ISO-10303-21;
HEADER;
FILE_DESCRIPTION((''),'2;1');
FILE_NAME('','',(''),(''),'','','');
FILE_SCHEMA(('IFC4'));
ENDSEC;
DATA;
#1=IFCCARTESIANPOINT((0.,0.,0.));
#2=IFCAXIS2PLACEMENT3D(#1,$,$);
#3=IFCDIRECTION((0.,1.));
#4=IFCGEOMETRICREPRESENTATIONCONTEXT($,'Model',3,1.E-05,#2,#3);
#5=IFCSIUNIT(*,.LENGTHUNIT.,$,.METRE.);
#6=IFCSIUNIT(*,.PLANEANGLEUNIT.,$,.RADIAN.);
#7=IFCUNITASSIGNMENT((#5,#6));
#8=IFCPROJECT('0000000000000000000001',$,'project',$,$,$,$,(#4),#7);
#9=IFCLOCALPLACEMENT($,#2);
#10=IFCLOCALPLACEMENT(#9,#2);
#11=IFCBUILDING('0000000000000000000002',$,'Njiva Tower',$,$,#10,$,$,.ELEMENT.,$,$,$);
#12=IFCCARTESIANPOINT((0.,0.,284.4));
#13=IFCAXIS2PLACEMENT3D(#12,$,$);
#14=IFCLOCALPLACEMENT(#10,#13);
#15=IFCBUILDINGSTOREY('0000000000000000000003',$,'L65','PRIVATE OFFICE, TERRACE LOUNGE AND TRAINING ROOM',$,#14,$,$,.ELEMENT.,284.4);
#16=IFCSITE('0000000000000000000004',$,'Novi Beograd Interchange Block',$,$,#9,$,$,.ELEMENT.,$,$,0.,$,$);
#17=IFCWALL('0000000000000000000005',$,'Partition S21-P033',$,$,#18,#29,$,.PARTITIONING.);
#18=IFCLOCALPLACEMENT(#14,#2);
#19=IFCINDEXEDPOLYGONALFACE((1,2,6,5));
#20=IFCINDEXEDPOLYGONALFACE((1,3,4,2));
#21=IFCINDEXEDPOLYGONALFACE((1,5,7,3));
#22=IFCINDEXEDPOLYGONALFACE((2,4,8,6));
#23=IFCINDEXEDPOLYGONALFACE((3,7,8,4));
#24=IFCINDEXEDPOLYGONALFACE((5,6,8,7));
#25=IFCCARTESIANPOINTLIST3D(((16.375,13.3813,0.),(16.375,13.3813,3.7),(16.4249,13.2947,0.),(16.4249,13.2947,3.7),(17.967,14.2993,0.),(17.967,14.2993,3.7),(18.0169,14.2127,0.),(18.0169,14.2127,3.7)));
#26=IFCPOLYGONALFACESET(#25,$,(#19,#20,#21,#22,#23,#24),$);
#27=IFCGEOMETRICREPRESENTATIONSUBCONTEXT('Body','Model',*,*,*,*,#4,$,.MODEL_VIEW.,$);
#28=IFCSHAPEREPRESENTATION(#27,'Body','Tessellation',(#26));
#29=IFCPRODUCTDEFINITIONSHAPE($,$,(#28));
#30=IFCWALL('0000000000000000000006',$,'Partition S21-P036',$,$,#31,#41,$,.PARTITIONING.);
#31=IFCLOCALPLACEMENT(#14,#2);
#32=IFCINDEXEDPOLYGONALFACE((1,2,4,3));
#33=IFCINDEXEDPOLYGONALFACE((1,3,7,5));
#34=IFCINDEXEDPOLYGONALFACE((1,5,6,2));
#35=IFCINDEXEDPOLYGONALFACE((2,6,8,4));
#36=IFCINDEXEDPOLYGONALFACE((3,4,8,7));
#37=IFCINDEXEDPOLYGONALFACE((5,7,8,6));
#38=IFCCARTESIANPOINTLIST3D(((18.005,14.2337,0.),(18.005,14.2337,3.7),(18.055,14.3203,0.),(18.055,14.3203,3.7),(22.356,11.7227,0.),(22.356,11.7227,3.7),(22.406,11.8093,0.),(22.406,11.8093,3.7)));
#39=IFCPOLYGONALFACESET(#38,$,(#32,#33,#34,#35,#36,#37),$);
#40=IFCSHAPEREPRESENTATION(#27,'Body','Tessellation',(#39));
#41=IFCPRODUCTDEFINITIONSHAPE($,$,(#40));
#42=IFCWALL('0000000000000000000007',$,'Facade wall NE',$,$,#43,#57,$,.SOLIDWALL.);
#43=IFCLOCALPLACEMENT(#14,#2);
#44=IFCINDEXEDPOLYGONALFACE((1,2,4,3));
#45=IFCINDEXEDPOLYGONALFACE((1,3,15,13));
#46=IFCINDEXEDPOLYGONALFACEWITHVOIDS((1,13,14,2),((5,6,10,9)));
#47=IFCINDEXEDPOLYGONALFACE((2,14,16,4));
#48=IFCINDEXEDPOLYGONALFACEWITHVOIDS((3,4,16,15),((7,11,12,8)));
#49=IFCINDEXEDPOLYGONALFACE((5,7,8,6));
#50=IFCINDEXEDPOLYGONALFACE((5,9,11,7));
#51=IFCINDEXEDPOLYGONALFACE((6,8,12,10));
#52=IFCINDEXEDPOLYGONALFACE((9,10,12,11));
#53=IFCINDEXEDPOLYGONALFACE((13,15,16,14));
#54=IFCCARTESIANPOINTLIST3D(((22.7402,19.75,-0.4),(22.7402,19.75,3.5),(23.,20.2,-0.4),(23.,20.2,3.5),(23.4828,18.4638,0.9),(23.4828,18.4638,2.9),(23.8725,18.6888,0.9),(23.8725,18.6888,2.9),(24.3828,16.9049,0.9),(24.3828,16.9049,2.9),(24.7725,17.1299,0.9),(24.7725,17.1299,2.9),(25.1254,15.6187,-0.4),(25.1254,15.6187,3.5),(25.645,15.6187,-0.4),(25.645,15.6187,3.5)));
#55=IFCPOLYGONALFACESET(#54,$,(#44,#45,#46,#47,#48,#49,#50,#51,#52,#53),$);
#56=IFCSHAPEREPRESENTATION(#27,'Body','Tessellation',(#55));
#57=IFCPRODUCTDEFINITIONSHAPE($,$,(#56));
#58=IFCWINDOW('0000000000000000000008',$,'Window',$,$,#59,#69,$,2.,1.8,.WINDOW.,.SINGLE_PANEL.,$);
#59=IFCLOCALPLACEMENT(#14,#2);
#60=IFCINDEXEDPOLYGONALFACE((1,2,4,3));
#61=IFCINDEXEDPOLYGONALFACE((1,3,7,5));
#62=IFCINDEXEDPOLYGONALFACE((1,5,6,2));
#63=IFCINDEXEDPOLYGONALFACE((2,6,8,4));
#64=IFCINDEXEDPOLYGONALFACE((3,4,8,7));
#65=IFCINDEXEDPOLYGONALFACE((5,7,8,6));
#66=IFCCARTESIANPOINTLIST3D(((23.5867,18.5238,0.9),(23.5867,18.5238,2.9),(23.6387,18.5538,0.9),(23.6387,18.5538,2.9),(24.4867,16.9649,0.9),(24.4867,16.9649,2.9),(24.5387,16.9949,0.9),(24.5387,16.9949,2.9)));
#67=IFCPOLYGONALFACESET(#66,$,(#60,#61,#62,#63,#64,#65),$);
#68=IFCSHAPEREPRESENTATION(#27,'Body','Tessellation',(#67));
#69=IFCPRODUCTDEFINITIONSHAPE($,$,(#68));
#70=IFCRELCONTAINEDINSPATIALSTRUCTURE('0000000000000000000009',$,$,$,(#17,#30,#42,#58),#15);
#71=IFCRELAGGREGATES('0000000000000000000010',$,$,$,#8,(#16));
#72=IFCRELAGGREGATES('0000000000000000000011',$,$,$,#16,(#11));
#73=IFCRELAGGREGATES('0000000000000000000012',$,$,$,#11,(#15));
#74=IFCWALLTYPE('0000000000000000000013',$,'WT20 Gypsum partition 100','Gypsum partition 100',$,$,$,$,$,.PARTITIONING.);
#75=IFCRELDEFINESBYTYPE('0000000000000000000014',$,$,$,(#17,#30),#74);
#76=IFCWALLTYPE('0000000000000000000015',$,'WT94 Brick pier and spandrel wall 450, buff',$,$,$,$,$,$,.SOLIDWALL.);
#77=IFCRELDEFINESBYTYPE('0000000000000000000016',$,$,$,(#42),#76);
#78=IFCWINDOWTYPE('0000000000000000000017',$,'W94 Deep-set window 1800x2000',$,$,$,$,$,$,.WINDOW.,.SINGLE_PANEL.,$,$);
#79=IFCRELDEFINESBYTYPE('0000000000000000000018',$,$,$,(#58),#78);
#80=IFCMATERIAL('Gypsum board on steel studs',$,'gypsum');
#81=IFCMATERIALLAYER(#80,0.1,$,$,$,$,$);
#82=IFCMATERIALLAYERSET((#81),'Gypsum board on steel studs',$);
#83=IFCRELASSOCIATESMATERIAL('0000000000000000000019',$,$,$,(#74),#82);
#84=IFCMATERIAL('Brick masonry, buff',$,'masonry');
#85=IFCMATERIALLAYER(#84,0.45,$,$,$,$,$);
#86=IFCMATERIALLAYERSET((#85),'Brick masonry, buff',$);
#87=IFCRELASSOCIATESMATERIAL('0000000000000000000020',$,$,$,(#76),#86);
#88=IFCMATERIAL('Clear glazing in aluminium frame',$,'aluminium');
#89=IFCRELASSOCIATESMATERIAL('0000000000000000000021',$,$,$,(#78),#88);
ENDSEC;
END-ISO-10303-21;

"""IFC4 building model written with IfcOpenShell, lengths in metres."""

from ifc_helpers import new_model, si_unit, direction, frame, frame_2d, origin, place, context, subcontext, project, spatial, polyline, rectangle, outline, extrude, material, layer, layer_set, type_object, element, fill, save


model = new_model("IFC4")

# Units and contexts
model_context = context("Model", 3, precision=1e-05, world=origin(), true_north=direction((0.0, 1.0)))
body_context = subcontext(model_context, "Body", "Model", "MODEL_VIEW")
ifc_project = project(units=[si_unit("LENGTHUNIT", "METRE"), si_unit("PLANEANGLEUNIT", "RADIAN")], contexts=[model_context])

# Site, building, storey
site_placement = place(None, origin())
site = spatial("IfcSite", under=ifc_project, at=site_placement, Name="Novi Beograd Interchange Block", CompositionType="ELEMENT", RefElevation=0.0)
building_placement = place(site_placement, origin())
building = spatial("IfcBuilding", under=site, at=building_placement, Name="Njiva Tower", CompositionType="ELEMENT")
storey_placement = place(building_placement, frame((0.0, 0.0, 284.4)))
storey = spatial("IfcBuildingStorey", under=building, at=storey_placement, Name="L65", Description="PRIVATE OFFICE, TERRACE LOUNGE AND TRAINING ROOM", CompositionType="ELEMENT", Elevation=284.4)

# Walls
ifc_material_1 = material(Name="Gypsum board on steel studs", Category="gypsum")
ifc_layer_1 = layer(ifc_material_1, 0.1)
ifc_layer_set_1 = layer_set([ifc_layer_1], Name="Gypsum board on steel studs")
wall_type_1 = type_object("IfcWallType", Name="WT20 Gypsum partition 100", Description="Gypsum partition 100", PredefinedType="PARTITIONING", material=ifc_layer_set_1)
wall_1_placement = place(storey_placement, frame((16.4, 13.338, 0.0), z_axis=(0.0, 0.0, 1.0), x_axis=(0.866294, 0.499534, 0.0)))
element("IfcWall", 1, at=wall_1_placement, inside=storey, type_object=wall_type_1, Name="Partition S21-P033", PredefinedType="PARTITIONING", context=body_context, shape_type="SweptSolid", body=[
    extrude(rectangle(XDim=1.8377, YDim=0.1, at=frame_2d((0.9188, 0.0))), origin(), (0.0, 0.0, 1.0), 3.7),
])
wall_2_placement = place(storey_placement, frame((18.03, 14.277, 0.0), z_axis=(0.0, 0.0, 1.0), x_axis=(0.866116, -0.499843, 0.0)))
element("IfcWall", 2, at=wall_2_placement, inside=storey, type_object=wall_type_1, Name="Partition S21-P036", PredefinedType="PARTITIONING", context=body_context, shape_type="SweptSolid", body=[
    extrude(rectangle(XDim=5.0236, YDim=0.1, at=frame_2d((2.5118, 0.0))), origin(), (0.0, 0.0, 1.0), 3.7),
])

# Shared definitions
ifc_material_2 = material(Name="Clear glazing in aluminium frame", Category="aluminium")

# Wall, opening, window
ifc_material_3 = material(Name="Brick masonry, buff", Category="masonry")
ifc_layer_2 = layer(ifc_material_3, 0.45)
ifc_layer_set_2 = layer_set([ifc_layer_2], Name="Brick masonry, buff")
wall_type_2 = type_object("IfcWallType", Name="WT94 Brick pier and spandrel wall 450, buff", PredefinedType="SOLIDWALL", material=ifc_layer_set_2)
wall_3_placement = place(storey_placement, frame((25.3852, 15.6187, -0.4), z_axis=(0.0, 0.0, 1.0), x_axis=(-0.499998, 0.866026, 0.0)))
wall_3 = element("IfcWall", 3, at=wall_3_placement, inside=storey, type_object=wall_type_2, Name="Facade wall NE", PredefinedType="SOLIDWALL", context=body_context, shape_type="SweptSolid", body=[
    extrude(outline(polyline([(-0.1299, -0.225), (5.1601, -0.225), (4.9003, 0.225), (0.1299, 0.225), (-0.1299, -0.225)])), origin(), (0.0, 0.0, 1.0), 3.9),
])
opening_1_placement = place(wall_3_placement, frame((1.6151, 0.0, 1.3)))
opening_1 = element("IfcOpeningElement", 4, at=opening_1_placement, cuts=wall_3, PredefinedType="OPENING", context=body_context, shape_type="SweptSolid", body=[
    extrude(rectangle(XDim=1.8, YDim=2.0, at=frame_2d((0.9, 1.0))), frame((0.0, 0.235, 0.0), z_axis=(0.0, -1.0, 0.0), x_axis=(1.0, 0.0, 0.0)), (0.0, 0.0, 1.0), 0.47),
])
window_type_1 = type_object("IfcWindowType", Name="W94 Deep-set window 1800x2000", PartitioningType="SINGLE_PANEL", PredefinedType="WINDOW", material=ifc_material_2)
window_1_placement = place(opening_1_placement, origin())
window_1 = element("IfcWindow", 5, at=window_1_placement, inside=storey, type_object=window_type_1, Name="Window", OverallHeight=2.0, OverallWidth=1.8, PartitioningType="SINGLE_PANEL", PredefinedType="WINDOW", context=body_context, shape_type="SweptSolid", body=[
    extrude(rectangle(XDim=1.8, YDim=2.0, at=frame_2d((0.9, 1.0))), frame((0.0, 0.105, 0.0), z_axis=(0.0, -1.0, 0.0), x_axis=(1.0, 0.0, 0.0)), (0.0, 0.0, 1.0), 0.06),
])
fill(opening_1, window_1)

save(model, "model.ifc")
